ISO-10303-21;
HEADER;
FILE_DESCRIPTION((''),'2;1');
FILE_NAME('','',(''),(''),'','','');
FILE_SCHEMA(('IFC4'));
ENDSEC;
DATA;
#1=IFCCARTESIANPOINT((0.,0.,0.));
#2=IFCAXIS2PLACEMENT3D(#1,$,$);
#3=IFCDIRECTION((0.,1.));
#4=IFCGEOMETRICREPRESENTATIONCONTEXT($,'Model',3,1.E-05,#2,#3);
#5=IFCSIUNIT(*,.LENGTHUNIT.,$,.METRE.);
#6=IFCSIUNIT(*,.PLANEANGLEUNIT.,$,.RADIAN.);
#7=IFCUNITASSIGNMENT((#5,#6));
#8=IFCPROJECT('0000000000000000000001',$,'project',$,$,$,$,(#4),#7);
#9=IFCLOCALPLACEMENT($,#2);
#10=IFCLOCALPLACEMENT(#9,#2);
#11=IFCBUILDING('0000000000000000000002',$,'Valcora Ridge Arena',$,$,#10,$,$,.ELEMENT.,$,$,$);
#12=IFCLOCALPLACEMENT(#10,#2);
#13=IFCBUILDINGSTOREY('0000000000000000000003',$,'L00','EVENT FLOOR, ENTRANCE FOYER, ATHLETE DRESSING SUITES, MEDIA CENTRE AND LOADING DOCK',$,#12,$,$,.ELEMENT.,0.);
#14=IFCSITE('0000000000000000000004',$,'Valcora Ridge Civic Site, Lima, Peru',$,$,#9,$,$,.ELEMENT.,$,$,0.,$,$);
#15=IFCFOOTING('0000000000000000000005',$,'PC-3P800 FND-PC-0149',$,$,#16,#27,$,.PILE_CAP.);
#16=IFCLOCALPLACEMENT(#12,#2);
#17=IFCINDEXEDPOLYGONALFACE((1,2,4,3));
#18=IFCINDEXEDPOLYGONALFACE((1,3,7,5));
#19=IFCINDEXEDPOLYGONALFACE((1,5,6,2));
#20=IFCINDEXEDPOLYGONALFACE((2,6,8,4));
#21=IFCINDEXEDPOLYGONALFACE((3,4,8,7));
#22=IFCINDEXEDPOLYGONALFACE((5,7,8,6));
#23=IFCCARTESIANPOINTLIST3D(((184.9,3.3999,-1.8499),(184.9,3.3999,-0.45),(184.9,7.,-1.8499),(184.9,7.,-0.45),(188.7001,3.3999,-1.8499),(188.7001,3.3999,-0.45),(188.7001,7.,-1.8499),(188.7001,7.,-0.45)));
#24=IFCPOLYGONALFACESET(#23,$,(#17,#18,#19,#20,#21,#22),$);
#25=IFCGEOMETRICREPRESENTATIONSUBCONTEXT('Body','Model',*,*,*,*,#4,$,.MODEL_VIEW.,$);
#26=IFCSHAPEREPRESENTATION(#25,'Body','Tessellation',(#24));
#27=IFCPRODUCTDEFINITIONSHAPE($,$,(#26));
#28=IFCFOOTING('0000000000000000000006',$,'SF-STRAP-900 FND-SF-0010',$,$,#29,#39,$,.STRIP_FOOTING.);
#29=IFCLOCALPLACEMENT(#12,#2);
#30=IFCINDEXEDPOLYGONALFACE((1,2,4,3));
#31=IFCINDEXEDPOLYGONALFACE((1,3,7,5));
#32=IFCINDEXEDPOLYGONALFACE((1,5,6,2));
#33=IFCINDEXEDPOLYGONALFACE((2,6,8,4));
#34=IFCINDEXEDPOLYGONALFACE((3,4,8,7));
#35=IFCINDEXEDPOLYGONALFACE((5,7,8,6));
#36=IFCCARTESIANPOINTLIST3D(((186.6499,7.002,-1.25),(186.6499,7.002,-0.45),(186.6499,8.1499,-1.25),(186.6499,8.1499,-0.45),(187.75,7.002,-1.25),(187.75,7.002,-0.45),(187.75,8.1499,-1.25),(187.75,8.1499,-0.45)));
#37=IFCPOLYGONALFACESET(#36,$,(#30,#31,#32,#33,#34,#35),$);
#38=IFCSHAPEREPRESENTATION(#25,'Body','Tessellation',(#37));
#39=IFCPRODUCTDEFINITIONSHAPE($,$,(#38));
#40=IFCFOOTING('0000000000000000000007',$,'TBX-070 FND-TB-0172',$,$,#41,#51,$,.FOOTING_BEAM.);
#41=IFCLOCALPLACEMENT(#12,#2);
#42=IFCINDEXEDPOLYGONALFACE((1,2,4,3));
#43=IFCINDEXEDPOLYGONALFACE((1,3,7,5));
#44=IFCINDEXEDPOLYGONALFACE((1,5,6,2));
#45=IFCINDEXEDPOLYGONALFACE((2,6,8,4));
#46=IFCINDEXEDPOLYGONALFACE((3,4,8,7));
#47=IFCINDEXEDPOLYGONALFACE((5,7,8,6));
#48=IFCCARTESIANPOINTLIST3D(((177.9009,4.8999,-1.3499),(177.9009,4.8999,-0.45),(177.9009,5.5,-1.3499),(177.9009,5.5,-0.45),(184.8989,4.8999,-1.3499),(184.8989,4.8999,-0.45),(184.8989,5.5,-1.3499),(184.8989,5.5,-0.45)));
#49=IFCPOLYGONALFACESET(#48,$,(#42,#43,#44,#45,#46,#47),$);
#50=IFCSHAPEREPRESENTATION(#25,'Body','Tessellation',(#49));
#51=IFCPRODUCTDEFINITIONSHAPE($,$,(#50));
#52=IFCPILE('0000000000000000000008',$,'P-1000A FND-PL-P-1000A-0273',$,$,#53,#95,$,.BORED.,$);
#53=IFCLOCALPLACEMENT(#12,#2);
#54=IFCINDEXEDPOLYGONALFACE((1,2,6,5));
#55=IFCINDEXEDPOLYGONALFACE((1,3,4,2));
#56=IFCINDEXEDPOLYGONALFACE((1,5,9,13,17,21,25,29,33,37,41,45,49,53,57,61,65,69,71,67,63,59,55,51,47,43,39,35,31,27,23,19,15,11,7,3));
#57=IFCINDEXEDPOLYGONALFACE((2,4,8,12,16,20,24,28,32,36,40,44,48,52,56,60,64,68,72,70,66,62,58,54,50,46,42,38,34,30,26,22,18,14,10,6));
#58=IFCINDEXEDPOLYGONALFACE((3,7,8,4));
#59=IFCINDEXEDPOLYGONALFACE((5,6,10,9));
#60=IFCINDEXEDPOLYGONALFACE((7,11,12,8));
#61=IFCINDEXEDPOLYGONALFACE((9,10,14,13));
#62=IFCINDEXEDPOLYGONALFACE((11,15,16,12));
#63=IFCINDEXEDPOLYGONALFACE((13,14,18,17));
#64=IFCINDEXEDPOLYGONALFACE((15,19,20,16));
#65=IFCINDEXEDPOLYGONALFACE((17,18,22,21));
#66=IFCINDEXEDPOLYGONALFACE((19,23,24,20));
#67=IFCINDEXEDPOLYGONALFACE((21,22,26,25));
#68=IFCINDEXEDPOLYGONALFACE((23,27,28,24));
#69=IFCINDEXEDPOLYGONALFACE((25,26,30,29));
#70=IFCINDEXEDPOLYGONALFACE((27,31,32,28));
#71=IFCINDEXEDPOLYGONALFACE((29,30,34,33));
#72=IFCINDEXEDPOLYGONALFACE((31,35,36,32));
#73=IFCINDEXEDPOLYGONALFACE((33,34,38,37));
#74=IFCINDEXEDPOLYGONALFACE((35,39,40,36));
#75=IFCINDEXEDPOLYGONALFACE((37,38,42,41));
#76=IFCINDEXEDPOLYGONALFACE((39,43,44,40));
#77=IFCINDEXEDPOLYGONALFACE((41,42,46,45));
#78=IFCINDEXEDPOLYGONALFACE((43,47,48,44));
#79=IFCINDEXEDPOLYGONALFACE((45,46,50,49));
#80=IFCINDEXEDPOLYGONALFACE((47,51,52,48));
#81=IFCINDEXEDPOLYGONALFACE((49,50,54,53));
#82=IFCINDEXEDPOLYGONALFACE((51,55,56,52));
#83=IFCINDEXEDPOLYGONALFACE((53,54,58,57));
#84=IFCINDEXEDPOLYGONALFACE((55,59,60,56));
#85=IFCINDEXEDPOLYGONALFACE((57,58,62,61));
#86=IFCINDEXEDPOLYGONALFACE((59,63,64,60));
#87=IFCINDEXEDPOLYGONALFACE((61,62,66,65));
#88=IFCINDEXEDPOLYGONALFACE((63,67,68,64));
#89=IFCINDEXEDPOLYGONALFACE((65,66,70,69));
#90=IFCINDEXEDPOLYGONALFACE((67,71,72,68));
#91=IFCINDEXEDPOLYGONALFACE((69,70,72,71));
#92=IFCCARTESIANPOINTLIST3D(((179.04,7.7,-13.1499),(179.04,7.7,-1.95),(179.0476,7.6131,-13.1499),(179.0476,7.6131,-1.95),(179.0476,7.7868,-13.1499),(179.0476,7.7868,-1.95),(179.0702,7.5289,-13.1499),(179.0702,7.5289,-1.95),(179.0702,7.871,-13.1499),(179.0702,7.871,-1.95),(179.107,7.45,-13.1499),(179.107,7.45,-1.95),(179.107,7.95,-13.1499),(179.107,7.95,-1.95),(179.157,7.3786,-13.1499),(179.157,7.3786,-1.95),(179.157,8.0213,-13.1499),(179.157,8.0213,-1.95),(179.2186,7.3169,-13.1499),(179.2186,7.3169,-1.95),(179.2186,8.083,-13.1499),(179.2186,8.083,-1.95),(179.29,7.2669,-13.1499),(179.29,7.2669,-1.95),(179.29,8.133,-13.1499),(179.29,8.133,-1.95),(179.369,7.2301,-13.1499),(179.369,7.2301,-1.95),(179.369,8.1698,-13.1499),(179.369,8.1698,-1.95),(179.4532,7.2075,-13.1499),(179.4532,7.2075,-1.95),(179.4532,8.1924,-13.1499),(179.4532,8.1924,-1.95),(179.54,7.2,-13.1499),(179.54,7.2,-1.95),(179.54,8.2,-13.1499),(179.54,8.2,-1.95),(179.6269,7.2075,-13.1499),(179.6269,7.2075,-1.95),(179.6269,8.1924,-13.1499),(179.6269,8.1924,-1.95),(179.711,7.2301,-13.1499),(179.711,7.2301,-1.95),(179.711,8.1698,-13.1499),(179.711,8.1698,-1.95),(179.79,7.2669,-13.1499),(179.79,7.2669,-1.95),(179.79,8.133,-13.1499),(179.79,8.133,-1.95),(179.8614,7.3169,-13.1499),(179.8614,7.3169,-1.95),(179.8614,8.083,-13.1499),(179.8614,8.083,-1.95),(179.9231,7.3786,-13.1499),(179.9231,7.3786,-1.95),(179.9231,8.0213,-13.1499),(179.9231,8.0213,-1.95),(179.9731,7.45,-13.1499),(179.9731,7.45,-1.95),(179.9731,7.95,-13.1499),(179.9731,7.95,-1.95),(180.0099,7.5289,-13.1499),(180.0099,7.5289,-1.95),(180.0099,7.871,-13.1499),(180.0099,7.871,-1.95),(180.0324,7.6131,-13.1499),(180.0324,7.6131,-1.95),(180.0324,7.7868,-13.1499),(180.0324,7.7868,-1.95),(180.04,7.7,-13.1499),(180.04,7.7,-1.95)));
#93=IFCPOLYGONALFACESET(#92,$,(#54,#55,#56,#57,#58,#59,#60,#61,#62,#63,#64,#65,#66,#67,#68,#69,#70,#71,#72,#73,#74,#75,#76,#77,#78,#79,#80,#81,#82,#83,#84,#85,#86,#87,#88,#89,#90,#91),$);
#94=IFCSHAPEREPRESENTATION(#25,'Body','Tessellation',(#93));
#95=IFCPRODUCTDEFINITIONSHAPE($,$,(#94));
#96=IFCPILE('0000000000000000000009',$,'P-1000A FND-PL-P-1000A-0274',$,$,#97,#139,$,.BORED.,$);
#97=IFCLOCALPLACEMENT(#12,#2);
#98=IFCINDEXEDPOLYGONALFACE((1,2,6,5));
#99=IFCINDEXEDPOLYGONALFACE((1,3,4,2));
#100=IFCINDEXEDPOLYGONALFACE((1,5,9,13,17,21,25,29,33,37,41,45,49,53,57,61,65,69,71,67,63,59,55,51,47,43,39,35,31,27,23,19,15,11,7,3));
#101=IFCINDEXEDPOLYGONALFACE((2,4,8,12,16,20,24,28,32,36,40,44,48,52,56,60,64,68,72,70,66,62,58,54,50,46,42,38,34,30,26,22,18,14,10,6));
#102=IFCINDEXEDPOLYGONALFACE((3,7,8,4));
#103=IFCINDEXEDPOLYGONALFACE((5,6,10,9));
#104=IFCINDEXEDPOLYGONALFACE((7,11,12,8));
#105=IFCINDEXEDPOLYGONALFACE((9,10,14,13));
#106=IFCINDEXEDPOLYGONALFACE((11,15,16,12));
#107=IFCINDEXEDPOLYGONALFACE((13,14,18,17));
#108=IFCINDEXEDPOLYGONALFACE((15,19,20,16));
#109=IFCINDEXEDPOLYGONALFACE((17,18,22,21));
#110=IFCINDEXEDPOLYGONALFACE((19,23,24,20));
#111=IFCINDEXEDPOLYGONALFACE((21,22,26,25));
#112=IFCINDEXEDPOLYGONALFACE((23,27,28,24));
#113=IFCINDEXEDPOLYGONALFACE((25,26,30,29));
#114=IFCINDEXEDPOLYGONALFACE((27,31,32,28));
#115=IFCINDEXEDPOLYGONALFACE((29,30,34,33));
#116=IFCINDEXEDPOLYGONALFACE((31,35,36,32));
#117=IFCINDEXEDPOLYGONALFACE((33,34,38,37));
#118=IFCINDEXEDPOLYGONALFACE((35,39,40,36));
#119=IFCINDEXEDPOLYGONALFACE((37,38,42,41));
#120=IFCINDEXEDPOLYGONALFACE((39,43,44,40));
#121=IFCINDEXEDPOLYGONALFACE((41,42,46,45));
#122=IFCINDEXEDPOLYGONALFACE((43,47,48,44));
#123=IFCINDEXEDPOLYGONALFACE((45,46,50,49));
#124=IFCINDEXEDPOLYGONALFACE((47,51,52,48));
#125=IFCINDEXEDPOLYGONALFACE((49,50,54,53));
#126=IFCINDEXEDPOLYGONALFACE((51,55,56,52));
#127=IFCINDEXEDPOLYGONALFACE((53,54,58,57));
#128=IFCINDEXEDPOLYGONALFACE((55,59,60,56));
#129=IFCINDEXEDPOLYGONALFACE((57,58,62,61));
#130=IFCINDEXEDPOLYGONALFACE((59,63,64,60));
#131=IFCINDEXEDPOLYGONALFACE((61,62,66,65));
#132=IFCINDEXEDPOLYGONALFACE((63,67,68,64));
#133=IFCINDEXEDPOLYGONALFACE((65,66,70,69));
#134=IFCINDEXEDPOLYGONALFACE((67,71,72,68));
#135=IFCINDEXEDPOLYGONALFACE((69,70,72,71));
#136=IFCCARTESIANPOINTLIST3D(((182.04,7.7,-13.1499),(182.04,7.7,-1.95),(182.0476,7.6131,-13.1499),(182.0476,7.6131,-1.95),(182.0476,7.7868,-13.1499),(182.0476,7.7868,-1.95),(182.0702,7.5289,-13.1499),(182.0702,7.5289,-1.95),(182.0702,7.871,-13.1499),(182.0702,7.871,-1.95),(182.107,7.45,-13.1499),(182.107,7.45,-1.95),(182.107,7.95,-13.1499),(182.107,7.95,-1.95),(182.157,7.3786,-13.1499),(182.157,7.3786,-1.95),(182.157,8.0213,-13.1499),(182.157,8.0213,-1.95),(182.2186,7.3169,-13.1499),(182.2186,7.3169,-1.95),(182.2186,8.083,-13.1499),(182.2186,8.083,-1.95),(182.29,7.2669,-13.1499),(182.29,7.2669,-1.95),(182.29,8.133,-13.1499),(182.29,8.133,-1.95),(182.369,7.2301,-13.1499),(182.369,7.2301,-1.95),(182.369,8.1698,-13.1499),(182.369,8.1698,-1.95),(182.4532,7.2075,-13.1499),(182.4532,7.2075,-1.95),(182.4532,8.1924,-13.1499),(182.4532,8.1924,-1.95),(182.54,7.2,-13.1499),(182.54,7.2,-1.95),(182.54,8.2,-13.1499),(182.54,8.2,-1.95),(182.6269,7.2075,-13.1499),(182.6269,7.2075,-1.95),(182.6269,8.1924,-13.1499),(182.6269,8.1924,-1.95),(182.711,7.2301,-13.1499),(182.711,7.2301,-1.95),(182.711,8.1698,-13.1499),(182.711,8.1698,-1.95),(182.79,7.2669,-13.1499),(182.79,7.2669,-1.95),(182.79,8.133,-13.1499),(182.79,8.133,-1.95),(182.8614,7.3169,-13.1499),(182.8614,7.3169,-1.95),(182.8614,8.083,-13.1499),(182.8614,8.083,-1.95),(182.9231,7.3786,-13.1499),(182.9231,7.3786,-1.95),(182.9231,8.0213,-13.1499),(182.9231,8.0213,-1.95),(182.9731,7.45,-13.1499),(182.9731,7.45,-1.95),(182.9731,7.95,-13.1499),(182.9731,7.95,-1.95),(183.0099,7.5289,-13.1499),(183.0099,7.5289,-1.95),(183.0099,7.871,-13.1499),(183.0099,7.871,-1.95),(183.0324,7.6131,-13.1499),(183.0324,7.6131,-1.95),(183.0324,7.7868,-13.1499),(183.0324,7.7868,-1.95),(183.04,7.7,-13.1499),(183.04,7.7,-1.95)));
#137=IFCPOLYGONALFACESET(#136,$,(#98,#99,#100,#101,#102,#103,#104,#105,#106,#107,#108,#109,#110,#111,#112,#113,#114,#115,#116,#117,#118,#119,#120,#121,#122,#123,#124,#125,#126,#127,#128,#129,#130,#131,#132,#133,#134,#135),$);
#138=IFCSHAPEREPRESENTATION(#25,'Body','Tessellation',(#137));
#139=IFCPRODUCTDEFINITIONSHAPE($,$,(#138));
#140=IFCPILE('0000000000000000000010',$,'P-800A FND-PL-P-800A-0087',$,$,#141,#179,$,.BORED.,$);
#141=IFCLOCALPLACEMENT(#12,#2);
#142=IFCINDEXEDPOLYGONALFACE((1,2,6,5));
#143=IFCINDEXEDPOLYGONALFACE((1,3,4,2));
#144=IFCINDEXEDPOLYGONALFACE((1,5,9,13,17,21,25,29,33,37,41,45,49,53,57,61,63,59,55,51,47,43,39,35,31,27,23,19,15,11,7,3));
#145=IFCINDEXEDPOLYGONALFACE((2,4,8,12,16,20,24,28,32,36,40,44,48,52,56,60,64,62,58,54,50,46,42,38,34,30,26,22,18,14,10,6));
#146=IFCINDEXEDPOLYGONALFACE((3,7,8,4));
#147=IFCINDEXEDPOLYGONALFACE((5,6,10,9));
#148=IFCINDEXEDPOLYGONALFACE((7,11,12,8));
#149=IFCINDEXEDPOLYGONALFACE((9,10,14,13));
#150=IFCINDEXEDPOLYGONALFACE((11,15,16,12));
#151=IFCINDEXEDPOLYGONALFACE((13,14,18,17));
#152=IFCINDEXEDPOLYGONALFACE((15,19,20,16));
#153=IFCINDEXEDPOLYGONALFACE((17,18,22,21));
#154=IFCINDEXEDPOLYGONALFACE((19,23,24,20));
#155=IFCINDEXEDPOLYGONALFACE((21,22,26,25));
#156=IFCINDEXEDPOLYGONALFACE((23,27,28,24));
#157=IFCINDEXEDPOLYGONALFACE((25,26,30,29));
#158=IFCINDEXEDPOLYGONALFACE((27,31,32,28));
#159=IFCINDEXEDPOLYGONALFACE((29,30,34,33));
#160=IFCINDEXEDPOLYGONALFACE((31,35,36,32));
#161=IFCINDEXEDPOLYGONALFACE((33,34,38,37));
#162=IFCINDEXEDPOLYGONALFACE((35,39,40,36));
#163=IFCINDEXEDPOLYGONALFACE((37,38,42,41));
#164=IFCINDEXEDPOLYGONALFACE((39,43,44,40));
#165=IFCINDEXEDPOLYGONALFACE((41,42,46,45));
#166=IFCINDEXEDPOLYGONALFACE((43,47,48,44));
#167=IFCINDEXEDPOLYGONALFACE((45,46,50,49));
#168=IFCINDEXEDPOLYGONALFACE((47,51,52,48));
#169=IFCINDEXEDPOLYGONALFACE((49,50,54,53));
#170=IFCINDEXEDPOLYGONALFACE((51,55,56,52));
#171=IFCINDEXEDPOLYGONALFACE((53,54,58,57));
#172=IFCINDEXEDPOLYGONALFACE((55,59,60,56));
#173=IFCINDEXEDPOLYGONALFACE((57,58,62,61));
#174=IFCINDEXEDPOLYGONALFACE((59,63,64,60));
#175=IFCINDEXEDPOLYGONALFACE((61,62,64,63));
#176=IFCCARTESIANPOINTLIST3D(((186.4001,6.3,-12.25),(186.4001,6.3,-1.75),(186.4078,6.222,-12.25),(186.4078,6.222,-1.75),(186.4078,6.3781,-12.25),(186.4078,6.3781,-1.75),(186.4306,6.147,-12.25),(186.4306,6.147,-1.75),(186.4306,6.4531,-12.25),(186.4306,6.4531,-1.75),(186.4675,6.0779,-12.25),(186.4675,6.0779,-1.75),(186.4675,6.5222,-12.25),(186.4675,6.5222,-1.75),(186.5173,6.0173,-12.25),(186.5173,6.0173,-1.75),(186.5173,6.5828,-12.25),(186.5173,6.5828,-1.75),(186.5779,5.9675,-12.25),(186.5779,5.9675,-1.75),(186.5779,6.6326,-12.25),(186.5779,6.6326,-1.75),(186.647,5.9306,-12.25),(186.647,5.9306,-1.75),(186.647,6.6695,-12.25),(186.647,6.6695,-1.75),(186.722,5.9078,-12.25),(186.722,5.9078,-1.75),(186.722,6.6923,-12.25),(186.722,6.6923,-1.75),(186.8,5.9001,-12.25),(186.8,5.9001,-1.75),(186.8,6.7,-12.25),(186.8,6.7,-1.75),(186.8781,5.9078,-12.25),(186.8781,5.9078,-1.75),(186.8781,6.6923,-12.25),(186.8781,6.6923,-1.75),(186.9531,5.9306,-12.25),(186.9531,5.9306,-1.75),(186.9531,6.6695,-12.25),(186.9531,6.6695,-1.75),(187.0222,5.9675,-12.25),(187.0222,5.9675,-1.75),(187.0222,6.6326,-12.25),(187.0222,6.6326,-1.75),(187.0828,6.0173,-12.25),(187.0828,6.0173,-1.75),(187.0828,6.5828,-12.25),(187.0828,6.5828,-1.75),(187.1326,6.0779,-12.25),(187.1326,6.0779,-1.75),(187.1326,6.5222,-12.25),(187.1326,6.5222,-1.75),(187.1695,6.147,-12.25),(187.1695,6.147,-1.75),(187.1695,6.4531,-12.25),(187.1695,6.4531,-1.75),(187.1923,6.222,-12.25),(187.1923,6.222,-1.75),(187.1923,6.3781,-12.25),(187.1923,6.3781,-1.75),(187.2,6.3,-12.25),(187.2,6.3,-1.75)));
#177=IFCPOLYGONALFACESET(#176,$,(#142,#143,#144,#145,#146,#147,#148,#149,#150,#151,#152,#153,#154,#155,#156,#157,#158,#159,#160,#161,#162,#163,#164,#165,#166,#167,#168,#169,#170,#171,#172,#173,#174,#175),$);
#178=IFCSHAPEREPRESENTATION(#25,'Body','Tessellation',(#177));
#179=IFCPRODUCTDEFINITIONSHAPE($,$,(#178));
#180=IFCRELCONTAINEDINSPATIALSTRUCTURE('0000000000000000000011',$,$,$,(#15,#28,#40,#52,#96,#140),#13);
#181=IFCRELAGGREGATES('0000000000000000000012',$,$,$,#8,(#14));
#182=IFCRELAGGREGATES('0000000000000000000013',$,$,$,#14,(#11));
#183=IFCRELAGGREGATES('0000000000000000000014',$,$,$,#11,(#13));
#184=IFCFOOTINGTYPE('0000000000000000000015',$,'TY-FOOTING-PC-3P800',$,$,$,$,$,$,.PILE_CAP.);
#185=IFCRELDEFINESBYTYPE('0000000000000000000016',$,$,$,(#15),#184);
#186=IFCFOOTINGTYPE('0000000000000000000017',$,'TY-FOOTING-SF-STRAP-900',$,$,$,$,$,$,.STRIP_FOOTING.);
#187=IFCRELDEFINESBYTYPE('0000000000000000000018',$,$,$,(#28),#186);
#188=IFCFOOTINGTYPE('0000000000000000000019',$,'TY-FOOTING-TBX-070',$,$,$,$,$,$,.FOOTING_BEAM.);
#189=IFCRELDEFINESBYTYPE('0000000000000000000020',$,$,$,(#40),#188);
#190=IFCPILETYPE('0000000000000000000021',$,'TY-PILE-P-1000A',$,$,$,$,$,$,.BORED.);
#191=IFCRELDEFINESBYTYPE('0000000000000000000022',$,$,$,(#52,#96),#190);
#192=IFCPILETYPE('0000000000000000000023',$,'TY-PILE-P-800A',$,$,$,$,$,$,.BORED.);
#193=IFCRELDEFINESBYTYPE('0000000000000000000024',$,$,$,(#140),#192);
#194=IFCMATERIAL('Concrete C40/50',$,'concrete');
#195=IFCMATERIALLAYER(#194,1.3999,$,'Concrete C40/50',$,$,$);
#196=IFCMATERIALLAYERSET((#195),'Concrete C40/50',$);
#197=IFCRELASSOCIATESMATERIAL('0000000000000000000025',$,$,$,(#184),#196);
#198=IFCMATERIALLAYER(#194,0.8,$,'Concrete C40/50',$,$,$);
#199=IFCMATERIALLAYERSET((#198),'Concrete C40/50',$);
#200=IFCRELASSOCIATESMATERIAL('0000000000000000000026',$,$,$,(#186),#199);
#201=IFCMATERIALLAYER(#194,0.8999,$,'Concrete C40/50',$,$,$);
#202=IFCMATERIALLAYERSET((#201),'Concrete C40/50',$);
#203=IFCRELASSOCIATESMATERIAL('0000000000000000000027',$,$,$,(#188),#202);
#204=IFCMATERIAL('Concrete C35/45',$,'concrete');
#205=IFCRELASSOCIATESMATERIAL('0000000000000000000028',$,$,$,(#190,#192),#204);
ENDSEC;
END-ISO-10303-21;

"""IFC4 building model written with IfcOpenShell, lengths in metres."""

from ifc_helpers import new_model, si_unit, direction, frame, origin, origin_2d, place, context, subcontext, project, spatial, rectangle, circle, extrude, material, layer, layer_set, material_profile, profile_set, type_object, element, save


model = new_model("IFC4")

# Units and contexts
model_context = context("Model", 3, precision=1e-05, world=origin(), true_north=direction((0.0, 1.0)))
body_context = subcontext(model_context, "Body", "Model", "MODEL_VIEW")
ifc_project = project(units=[si_unit("LENGTHUNIT", "METRE"), si_unit("PLANEANGLEUNIT", "RADIAN")], contexts=[model_context])

# Site, building, storey
site_placement = place(None, origin())
site = spatial("IfcSite", under=ifc_project, at=site_placement, Name="Valcora Ridge Civic Site, Lima, Peru", CompositionType="ELEMENT", RefElevation=0.0)
building_placement = place(site_placement, origin())
building = spatial("IfcBuilding", under=site, at=building_placement, Name="Valcora Ridge Arena", CompositionType="ELEMENT")
storey_placement = place(building_placement, origin())
storey = spatial("IfcBuildingStorey", under=building, at=storey_placement, Name="L00", Description="EVENT FLOOR, ENTRANCE FOYER, ATHLETE DRESSING SUITES, MEDIA CENTRE AND LOADING DOCK", CompositionType="ELEMENT", Elevation=0.0)

# Footings
ifc_material_1 = material(Name="Concrete C40/50", Category="concrete")
ifc_layer_1 = layer(ifc_material_1, 1.3999, Name="Concrete C40/50")
ifc_layer_set_1 = layer_set([ifc_layer_1], Name="Concrete C40/50")
footing_type_1 = type_object("IfcFootingType", Name="TY-FOOTING-PC-3P800", PredefinedType="PILE_CAP", material=ifc_layer_set_1)
footing_1_placement = place(storey_placement, frame((186.8, 5.2, -1.8499), z_axis=(0.0, 0.0, 1.0), x_axis=(1.0, 0.0, 0.0)))
element("IfcFooting", 1, at=footing_1_placement, inside=storey, type_object=footing_type_1, Name="PC-3P800 FND-PC-0149", PredefinedType="PILE_CAP", context=body_context, shape_type="SweptSolid", body=[
    extrude(rectangle(XDim=3.8, YDim=3.6001, at=origin_2d()), origin(), (0.0, 0.0, 1.0), 1.3999),
])
ifc_layer_2 = layer(ifc_material_1, 0.8, Name="Concrete C40/50")
ifc_layer_set_2 = layer_set([ifc_layer_2], Name="Concrete C40/50")
footing_type_2 = type_object("IfcFootingType", Name="TY-FOOTING-SF-STRAP-900", PredefinedType="STRIP_FOOTING", material=ifc_layer_set_2)
footing_2_placement = place(storey_placement, frame((187.2, 7.5759, -1.25), z_axis=(0.0, 0.0, 1.0), x_axis=(1.0, 0.0, 0.0)))
element("IfcFooting", 2, at=footing_2_placement, inside=storey, type_object=footing_type_2, Name="SF-STRAP-900 FND-SF-0010", PredefinedType="STRIP_FOOTING", context=body_context, shape_type="SweptSolid", body=[
    extrude(rectangle(XDim=1.1001, YDim=1.1479, at=origin_2d()), origin(), (0.0, 0.0, 1.0), 0.8),
])
ifc_layer_3 = layer(ifc_material_1, 0.8999, Name="Concrete C40/50")
ifc_layer_set_3 = layer_set([ifc_layer_3], Name="Concrete C40/50")
footing_type_3 = type_object("IfcFootingType", Name="TY-FOOTING-TBX-070", PredefinedType="FOOTING_BEAM", material=ifc_layer_set_3)
footing_3_placement = place(storey_placement, frame((181.3999, 5.2, -1.3499), z_axis=(0.0, 0.0, 1.0), x_axis=(1.0, 0.0, 0.0)))
element("IfcFooting", 3, at=footing_3_placement, inside=storey, type_object=footing_type_3, Name="TBX-070 FND-TB-0172", PredefinedType="FOOTING_BEAM", context=body_context, shape_type="SweptSolid", body=[
    extrude(rectangle(XDim=6.998, YDim=0.6001, at=origin_2d()), origin(), (0.0, 0.0, 1.0), 0.8999),
])

# Piles
ifc_material_2 = material(Name="Concrete C35/45", Category="concrete")
ifc_material_profile_1 = material_profile(ifc_material_2, circle(Radius=0.5, at=origin_2d()), Name="BORED PILE D1000")
ifc_profile_set_1 = profile_set([ifc_material_profile_1], Name="Concrete C35/45")
pile_type_1 = type_object("IfcPileType", Name="TY-PILE-P-1000A", PredefinedType="BORED", material=ifc_profile_set_1)
for number, where, z_axis, x_axis, name in (
    (4, (179.54, 7.7, -1.95), (0.0, 0.0, -1.0), (1.0, 0.0, 0.0), "P-1000A FND-PL-P-1000A-0273"),
    (5, (182.54, 7.7, -1.95), (0.0, 0.0, -1.0), (1.0, 0.0, 0.0), "P-1000A FND-PL-P-1000A-0274"),
):
    element("IfcPile", number, at=place(storey_placement, frame(where, z_axis=z_axis, x_axis=x_axis)), inside=storey, type_object=pile_type_1, Name=name, PredefinedType="BORED", context=body_context, shape_type="SweptSolid", body=[
        extrude(circle(Radius=0.5, at=origin_2d()), origin(), (0.0, 0.0, 1.0), 11.2),
    ])
ifc_material_profile_2 = material_profile(ifc_material_2, circle(Radius=0.3999, at=origin_2d()), Name="BORED PILE D800")
ifc_profile_set_2 = profile_set([ifc_material_profile_2], Name="Concrete C35/45")
pile_type_2 = type_object("IfcPileType", Name="TY-PILE-P-800A", PredefinedType="BORED", material=ifc_profile_set_2)
pile_placement = place(storey_placement, frame((186.8, 6.3, -1.75), z_axis=(0.0, 0.0, -1.0), x_axis=(1.0, 0.0, 0.0)))
element("IfcPile", 6, at=pile_placement, inside=storey, type_object=pile_type_2, Name="P-800A FND-PL-P-800A-0087", PredefinedType="BORED", context=body_context, shape_type="SweptSolid", body=[
    extrude(circle(Radius=0.3999, at=origin_2d()), origin(), (0.0, 0.0, 1.0), 10.5),
])

save(model, "model.ifc")
